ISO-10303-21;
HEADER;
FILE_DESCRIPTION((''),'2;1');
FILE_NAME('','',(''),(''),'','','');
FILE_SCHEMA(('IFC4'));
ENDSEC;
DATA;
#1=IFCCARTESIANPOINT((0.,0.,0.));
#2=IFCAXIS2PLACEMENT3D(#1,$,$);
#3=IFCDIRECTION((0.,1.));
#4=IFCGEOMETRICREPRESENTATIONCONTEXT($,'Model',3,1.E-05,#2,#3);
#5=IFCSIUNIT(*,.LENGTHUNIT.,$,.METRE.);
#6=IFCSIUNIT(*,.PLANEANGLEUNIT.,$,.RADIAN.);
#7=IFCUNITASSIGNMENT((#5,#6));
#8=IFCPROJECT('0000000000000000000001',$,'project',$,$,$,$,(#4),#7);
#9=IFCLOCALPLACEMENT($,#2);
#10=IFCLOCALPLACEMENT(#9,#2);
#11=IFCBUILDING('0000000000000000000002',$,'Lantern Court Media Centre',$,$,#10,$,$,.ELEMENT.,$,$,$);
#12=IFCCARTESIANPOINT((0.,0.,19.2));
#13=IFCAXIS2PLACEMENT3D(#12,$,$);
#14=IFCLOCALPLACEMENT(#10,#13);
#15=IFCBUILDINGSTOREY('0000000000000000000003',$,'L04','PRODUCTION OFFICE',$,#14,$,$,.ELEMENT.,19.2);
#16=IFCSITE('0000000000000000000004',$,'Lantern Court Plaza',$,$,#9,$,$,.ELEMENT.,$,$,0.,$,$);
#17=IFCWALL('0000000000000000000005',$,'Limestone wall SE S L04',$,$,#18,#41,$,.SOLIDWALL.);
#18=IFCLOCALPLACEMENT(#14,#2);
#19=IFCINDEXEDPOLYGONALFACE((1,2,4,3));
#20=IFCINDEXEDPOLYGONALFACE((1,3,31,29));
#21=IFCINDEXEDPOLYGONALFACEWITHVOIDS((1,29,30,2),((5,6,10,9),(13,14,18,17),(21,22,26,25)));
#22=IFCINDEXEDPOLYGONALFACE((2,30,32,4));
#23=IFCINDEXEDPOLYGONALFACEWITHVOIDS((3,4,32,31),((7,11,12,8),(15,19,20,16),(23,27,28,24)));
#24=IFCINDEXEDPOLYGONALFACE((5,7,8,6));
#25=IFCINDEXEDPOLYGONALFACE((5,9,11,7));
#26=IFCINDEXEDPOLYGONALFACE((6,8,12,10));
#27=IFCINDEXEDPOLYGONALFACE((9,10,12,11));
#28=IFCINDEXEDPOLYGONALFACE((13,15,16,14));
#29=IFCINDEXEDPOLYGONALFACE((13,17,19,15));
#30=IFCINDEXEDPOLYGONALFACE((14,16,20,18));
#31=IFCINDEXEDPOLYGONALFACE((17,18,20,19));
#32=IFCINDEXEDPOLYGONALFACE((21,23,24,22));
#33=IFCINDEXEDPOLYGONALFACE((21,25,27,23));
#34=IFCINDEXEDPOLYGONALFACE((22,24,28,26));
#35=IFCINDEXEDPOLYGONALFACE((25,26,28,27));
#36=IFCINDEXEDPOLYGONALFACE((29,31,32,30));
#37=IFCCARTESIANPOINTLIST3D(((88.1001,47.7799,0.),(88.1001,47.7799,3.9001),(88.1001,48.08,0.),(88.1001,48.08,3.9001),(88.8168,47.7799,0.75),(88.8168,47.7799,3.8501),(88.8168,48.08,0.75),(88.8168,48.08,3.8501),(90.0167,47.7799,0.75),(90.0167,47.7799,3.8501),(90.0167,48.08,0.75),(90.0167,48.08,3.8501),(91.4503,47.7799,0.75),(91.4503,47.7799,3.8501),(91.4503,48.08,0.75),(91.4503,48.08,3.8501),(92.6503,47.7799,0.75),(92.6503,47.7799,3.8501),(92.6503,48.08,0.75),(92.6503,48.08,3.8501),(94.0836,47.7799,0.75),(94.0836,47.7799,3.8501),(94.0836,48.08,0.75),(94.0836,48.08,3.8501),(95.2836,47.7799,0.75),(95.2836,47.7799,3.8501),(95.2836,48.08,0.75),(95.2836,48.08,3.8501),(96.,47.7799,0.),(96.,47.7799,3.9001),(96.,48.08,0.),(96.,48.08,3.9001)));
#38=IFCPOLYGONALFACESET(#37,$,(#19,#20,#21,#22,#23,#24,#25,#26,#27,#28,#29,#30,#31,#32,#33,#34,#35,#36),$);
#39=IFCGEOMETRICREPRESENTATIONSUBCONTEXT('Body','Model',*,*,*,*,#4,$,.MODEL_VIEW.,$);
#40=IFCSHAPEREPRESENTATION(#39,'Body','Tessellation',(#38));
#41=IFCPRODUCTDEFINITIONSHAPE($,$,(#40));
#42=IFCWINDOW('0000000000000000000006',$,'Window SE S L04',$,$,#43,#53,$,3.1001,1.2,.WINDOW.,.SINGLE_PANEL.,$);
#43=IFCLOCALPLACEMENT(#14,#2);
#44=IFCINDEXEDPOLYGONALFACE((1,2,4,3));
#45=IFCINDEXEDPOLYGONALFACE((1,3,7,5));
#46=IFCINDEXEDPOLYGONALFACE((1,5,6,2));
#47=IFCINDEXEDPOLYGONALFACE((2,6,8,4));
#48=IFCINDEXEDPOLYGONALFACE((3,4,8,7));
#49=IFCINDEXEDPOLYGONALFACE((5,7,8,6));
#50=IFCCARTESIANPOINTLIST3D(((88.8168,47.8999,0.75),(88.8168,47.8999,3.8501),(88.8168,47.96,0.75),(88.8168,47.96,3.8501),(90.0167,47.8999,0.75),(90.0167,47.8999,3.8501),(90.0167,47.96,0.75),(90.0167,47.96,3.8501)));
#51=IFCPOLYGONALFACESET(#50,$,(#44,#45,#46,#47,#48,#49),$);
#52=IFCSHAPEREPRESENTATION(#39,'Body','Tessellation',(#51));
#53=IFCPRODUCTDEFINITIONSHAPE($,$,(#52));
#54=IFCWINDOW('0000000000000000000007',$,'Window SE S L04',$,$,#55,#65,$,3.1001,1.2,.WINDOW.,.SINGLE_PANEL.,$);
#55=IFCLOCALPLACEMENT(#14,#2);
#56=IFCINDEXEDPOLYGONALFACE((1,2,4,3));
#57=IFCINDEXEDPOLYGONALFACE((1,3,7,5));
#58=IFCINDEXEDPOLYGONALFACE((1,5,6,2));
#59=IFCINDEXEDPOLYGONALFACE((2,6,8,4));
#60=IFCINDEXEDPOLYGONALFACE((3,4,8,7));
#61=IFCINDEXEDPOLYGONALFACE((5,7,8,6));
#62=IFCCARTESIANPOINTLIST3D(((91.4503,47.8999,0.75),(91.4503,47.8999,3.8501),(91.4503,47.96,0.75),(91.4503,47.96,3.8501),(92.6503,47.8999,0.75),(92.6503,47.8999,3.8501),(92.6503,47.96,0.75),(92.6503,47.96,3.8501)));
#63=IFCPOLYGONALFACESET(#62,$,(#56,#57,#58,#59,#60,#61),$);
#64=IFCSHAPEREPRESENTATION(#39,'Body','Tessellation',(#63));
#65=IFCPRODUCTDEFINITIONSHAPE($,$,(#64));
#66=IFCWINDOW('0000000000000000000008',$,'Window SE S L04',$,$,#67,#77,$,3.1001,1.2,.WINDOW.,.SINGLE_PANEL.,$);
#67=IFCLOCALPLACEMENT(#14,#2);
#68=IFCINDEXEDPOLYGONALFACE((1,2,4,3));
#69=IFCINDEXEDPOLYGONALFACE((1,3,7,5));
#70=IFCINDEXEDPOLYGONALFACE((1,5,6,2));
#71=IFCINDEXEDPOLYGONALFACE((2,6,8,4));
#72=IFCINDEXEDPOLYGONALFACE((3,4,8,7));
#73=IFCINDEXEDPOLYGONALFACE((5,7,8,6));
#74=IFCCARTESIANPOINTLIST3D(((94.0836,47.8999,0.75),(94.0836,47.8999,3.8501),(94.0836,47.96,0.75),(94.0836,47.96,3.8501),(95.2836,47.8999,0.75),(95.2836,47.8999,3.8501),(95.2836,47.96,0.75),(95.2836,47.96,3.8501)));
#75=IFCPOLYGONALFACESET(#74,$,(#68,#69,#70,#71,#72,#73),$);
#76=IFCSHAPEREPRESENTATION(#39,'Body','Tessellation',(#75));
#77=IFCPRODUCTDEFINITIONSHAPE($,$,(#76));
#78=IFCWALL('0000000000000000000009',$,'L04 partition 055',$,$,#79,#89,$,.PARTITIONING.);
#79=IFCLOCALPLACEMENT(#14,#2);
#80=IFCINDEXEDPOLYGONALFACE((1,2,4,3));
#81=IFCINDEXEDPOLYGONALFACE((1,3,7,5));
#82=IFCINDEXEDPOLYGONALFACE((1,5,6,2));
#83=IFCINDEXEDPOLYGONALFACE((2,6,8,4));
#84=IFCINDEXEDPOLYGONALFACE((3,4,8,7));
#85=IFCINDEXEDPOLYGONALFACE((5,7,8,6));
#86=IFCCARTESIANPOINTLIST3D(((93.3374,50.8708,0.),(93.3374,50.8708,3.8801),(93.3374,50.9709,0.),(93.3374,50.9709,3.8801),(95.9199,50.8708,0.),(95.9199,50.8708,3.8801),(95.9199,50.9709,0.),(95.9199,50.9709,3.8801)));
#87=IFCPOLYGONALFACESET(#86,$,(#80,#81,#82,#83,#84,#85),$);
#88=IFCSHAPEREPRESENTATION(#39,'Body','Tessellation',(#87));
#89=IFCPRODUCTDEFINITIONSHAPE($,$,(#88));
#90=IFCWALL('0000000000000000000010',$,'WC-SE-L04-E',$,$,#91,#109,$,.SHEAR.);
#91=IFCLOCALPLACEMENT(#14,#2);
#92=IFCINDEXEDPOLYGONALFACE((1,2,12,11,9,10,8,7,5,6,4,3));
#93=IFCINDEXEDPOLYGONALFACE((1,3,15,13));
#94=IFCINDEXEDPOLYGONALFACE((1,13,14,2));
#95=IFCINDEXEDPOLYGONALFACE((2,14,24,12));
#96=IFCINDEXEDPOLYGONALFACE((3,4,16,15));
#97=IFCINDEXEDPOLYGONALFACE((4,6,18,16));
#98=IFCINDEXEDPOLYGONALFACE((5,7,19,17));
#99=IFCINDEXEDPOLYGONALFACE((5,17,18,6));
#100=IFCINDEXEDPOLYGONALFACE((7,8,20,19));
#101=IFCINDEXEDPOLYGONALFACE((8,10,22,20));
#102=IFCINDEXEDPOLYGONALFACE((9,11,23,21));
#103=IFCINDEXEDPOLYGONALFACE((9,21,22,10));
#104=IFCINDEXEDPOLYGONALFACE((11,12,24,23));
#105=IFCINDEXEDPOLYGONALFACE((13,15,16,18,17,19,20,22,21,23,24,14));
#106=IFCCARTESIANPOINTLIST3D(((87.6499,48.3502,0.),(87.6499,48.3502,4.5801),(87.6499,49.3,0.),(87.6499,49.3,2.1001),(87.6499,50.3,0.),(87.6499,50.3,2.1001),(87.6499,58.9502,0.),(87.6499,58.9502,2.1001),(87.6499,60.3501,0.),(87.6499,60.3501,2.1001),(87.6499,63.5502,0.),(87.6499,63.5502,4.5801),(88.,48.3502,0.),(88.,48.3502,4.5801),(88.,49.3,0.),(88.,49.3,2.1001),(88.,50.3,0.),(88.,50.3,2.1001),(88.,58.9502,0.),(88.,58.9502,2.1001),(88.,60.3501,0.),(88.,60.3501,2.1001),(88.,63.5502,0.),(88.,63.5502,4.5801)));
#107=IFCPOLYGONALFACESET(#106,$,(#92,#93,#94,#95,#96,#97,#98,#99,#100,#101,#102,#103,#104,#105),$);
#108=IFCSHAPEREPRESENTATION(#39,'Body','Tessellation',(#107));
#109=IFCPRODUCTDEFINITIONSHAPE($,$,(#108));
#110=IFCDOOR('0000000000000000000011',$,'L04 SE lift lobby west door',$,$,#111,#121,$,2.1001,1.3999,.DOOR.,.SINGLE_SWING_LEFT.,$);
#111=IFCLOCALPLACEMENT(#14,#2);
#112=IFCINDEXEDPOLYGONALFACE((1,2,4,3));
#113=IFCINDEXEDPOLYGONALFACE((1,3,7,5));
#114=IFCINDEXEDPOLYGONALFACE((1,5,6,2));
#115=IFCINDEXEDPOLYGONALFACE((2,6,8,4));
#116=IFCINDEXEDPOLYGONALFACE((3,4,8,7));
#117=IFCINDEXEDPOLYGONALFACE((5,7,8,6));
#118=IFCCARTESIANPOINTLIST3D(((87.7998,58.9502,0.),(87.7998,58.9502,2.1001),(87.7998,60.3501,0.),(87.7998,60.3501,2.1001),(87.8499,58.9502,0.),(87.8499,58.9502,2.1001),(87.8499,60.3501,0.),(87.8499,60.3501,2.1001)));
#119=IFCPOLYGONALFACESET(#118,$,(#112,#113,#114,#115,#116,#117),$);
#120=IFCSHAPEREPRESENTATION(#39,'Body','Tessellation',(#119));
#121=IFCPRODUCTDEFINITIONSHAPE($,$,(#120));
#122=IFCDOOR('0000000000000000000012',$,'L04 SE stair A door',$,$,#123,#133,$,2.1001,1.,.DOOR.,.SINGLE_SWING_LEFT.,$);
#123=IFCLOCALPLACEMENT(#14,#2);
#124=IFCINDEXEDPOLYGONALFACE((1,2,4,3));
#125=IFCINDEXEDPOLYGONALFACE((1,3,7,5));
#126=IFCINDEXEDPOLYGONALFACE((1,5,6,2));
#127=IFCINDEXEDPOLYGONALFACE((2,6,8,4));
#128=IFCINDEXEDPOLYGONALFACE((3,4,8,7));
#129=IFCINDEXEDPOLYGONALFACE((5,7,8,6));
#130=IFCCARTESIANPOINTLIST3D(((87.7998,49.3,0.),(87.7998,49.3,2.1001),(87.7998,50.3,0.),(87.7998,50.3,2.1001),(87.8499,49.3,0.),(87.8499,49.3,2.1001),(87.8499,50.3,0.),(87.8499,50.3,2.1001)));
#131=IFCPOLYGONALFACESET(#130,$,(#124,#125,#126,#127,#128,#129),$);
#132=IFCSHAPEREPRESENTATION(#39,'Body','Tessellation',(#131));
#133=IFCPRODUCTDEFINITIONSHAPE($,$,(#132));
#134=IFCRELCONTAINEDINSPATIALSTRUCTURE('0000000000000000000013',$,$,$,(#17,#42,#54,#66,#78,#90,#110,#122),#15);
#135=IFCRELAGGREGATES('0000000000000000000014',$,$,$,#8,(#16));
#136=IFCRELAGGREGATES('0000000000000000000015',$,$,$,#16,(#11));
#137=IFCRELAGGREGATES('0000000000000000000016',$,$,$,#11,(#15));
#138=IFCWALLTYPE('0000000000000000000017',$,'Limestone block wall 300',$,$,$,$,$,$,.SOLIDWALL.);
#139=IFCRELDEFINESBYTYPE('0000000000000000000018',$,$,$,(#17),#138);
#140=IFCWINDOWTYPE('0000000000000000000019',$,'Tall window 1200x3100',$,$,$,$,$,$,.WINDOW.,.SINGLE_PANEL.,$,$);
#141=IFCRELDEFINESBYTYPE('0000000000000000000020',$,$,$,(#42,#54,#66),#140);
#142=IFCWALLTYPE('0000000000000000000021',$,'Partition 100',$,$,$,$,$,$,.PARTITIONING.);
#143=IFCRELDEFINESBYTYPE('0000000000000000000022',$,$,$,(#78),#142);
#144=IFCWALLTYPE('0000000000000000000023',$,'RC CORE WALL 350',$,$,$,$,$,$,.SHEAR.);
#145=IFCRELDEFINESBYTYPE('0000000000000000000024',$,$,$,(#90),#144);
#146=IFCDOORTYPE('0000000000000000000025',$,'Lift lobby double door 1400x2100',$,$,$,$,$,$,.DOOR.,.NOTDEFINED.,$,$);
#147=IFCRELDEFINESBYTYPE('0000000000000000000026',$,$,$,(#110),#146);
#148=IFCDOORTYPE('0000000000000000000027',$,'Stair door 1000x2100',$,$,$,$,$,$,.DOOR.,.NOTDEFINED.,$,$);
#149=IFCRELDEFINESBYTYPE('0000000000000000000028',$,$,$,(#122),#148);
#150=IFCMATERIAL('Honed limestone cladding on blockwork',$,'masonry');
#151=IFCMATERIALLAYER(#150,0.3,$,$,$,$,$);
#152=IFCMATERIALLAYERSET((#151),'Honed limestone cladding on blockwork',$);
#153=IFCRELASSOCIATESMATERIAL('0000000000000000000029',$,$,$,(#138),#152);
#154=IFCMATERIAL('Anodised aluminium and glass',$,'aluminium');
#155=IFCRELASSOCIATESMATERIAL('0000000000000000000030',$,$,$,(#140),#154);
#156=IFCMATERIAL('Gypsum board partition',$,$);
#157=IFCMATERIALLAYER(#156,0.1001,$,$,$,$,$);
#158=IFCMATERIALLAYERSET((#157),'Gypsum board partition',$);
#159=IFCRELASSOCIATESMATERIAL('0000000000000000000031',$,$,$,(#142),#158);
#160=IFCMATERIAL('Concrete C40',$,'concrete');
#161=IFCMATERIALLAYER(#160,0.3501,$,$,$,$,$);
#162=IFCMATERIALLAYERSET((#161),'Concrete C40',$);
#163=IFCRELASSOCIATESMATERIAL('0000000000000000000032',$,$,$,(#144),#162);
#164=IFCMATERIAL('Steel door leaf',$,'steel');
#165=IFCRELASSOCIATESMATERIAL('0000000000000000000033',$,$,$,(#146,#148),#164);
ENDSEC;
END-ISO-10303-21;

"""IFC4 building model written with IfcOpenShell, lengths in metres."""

from ifc_helpers import new_model, si_unit, direction, frame, frame_2d, origin, place, context, subcontext, project, spatial, rectangle, extrude, material, layer, layer_set, type_object, element, fill, save


model = new_model("IFC4")

# Units and contexts
model_context = context("Model", 3, precision=1e-05, world=origin(), true_north=direction((0.0, 1.0)))
body_context = subcontext(model_context, "Body", "Model", "MODEL_VIEW")
ifc_project = project(units=[si_unit("LENGTHUNIT", "METRE"), si_unit("PLANEANGLEUNIT", "RADIAN")], contexts=[model_context])

# Site, building, storey
site_placement = place(None, origin())
site = spatial("IfcSite", under=ifc_project, at=site_placement, Name="Lantern Court Plaza", CompositionType="ELEMENT", RefElevation=0.0)
building_placement = place(site_placement, origin())
building = spatial("IfcBuilding", under=site, at=building_placement, Name="Lantern Court Media Centre", CompositionType="ELEMENT")
storey_placement = place(building_placement, frame((0.0, 0.0, 19.2)))
storey = spatial("IfcBuildingStorey", under=building, at=storey_placement, Name="L04", Description="PRODUCTION OFFICE", CompositionType="ELEMENT", Elevation=19.2)

# Shared definitions
ifc_material_1 = material(Name="Gypsum board partition")

# Wall, openings, windows
ifc_material_2 = material(Name="Honed limestone cladding on blockwork", Category="masonry")
ifc_layer_1 = layer(ifc_material_2, 0.3)
ifc_layer_set_1 = layer_set([ifc_layer_1], Name="Honed limestone cladding on blockwork")
wall_type_1 = type_object("IfcWallType", Name="Limestone block wall 300", PredefinedType="SOLIDWALL", material=ifc_layer_set_1)
wall_1_placement = place(storey_placement, frame((88.1001, 47.9299, 0.0), z_axis=(0.0, 0.0, 1.0), x_axis=(1.0, 0.0, 0.0)))
wall_1 = element("IfcWall", 1, at=wall_1_placement, inside=storey, type_object=wall_type_1, Name="Limestone wall SE S L04", PredefinedType="SOLIDWALL", context=body_context, shape_type="SweptSolid", body=[
    extrude(rectangle(XDim=7.8999, YDim=0.3, at=frame_2d((3.95, 0.0))), origin(), (0.0, 0.0, 1.0), 3.9001),
])
opening_1_placement = place(wall_1_placement, frame((0.7166, 0.0, 0.75)))
opening_1 = element("IfcOpeningElement", 2, at=opening_1_placement, cuts=wall_1, PredefinedType="OPENING", context=body_context, shape_type="SweptSolid", body=[
    extrude(rectangle(XDim=1.2, YDim=3.1001, at=frame_2d((0.6001, 1.55))), frame((0.0, 0.1599, 0.0), z_axis=(0.0, -1.0, 0.0), x_axis=(1.0, 0.0, 0.0)), (0.0, 0.0, 1.0), 0.3201),
])
opening_2_placement = place(wall_1_placement, frame((3.3501, 0.0, 0.75)))
opening_2 = element("IfcOpeningElement", 3, at=opening_2_placement, cuts=wall_1, PredefinedType="OPENING", context=body_context, shape_type="SweptSolid", body=[
    extrude(rectangle(XDim=1.2, YDim=3.1001, at=frame_2d((0.6001, 1.55))), frame((0.0, 0.1599, 0.0), z_axis=(0.0, -1.0, 0.0), x_axis=(1.0, 0.0, 0.0)), (0.0, 0.0, 1.0), 0.3201),
])
opening_3_placement = place(wall_1_placement, frame((5.9834, 0.0, 0.75)))
opening_3 = element("IfcOpeningElement", 4, at=opening_3_placement, cuts=wall_1, PredefinedType="OPENING", context=body_context, shape_type="SweptSolid", body=[
    extrude(rectangle(XDim=1.2, YDim=3.1001, at=frame_2d((0.6001, 1.55))), frame((0.0, 0.1599, 0.0), z_axis=(0.0, -1.0, 0.0), x_axis=(1.0, 0.0, 0.0)), (0.0, 0.0, 1.0), 0.3201),
])
ifc_material_3 = material(Name="Anodised aluminium and glass", Category="aluminium")
window_type = type_object("IfcWindowType", Name="Tall window 1200x3100", PartitioningType="SINGLE_PANEL", PredefinedType="WINDOW", material=ifc_material_3)
window_1_placement = place(opening_1_placement, origin())
window_1 = element("IfcWindow", 5, at=window_1_placement, inside=storey, type_object=window_type, Name="Window SE S L04", OverallHeight=3.1001, OverallWidth=1.2, PartitioningType="SINGLE_PANEL", PredefinedType="WINDOW", context=body_context, shape_type="SweptSolid", body=[
    extrude(rectangle(XDim=1.2, YDim=3.1001, at=frame_2d((0.6001, 1.55))), frame((0.0, 0.03, 0.0), z_axis=(0.0, -1.0, 0.0), x_axis=(1.0, 0.0, 0.0)), (0.0, 0.0, 1.0), 0.0601),
])
fill(opening_1, window_1)
window_2_placement = place(opening_2_placement, origin())
window_2 = element("IfcWindow", 6, at=window_2_placement, inside=storey, type_object=window_type, Name="Window SE S L04", OverallHeight=3.1001, OverallWidth=1.2, PartitioningType="SINGLE_PANEL", PredefinedType="WINDOW", context=body_context, shape_type="SweptSolid", body=[
    extrude(rectangle(XDim=1.2, YDim=3.1001, at=frame_2d((0.6001, 1.55))), frame((0.0, 0.03, 0.0), z_axis=(0.0, -1.0, 0.0), x_axis=(1.0, 0.0, 0.0)), (0.0, 0.0, 1.0), 0.0601),
])
fill(opening_2, window_2)
window_3_placement = place(opening_3_placement, origin())
window_3 = element("IfcWindow", 7, at=window_3_placement, inside=storey, type_object=window_type, Name="Window SE S L04", OverallHeight=3.1001, OverallWidth=1.2, PartitioningType="SINGLE_PANEL", PredefinedType="WINDOW", context=body_context, shape_type="SweptSolid", body=[
    extrude(rectangle(XDim=1.2, YDim=3.1001, at=frame_2d((0.6001, 1.55))), frame((0.0, 0.03, 0.0), z_axis=(0.0, -1.0, 0.0), x_axis=(1.0, 0.0, 0.0)), (0.0, 0.0, 1.0), 0.0601),
])
fill(opening_3, window_3)

# Wall
ifc_layer_2 = layer(ifc_material_1, 0.1001)
ifc_layer_set_2 = layer_set([ifc_layer_2], Name="Gypsum board partition")
wall_type_2 = type_object("IfcWallType", Name="Partition 100", PredefinedType="PARTITIONING", material=ifc_layer_set_2)
wall_2_placement = place(storey_placement, frame((93.3374, 50.9209, 0.0), z_axis=(0.0, 0.0, 1.0), x_axis=(1.0, 0.0, 0.0)))
element("IfcWall", 8, at=wall_2_placement, inside=storey, type_object=wall_type_2, Name="L04 partition 055", PredefinedType="PARTITIONING", context=body_context, shape_type="SweptSolid", body=[
    extrude(rectangle(XDim=2.5825, YDim=0.1001, at=frame_2d((1.2913, 0.0))), origin(), (0.0, 0.0, 1.0), 3.8801),
])

# Wall, openings, doors
ifc_material_4 = material(Name="Concrete C40", Category="concrete")
ifc_layer_3 = layer(ifc_material_4, 0.3501)
ifc_layer_set_3 = layer_set([ifc_layer_3], Name="Concrete C40")
wall_type_3 = type_object("IfcWallType", Name="RC CORE WALL 350", PredefinedType="SHEAR", material=ifc_layer_set_3)
wall_3_placement = place(storey_placement, frame((87.825, 48.3501, 0.0), z_axis=(0.0, 0.0, 1.0), x_axis=(0.0, 1.0, 0.0)))
wall_3 = element("IfcWall", 9, at=wall_3_placement, inside=storey, type_object=wall_type_3, Name="WC-SE-L04-E", PredefinedType="SHEAR", context=body_context, shape_type="SweptSolid", body=[
    extrude(rectangle(XDim=15.2, YDim=0.3501, at=frame_2d((7.6001, 0.0))), origin(), (0.0, 0.0, 1.0), 4.5801),
])
opening_4_placement = place(wall_3_placement, frame((0.95, 0.0, 0.0)))
opening_4 = element("IfcOpeningElement", 10, at=opening_4_placement, cuts=wall_3, PredefinedType="OPENING", context=body_context, shape_type="SweptSolid", body=[
    extrude(rectangle(XDim=1.0, YDim=2.1001, at=frame_2d((0.5, 1.05))), frame((0.0, 0.1851, 0.0), z_axis=(0.0, -1.0, 0.0), x_axis=(1.0, 0.0, 0.0)), (0.0, 0.0, 1.0), 0.3701),
])
opening_5_placement = place(wall_3_placement, frame((10.6001, 0.0, 0.0)))
opening_5 = element("IfcOpeningElement", 11, at=opening_5_placement, cuts=wall_3, PredefinedType="OPENING", context=body_context, shape_type="SweptSolid", body=[
    extrude(rectangle(XDim=1.3999, YDim=2.1001, at=frame_2d((0.7, 1.05))), frame((0.0, 0.1851, 0.0), z_axis=(0.0, -1.0, 0.0), x_axis=(1.0, 0.0, 0.0)), (0.0, 0.0, 1.0), 0.3701),
])
ifc_material_5 = material(Name="Steel door leaf", Category="steel")
door_type_1 = type_object("IfcDoorType", Name="Lift lobby double door 1400x2100", OperationType="NOTDEFINED", PredefinedType="DOOR", material=ifc_material_5)
door_1_placement = place(opening_5_placement, frame((1.3999, 0.0, 0.0), z_axis=(0.0, 0.0, 1.0), x_axis=(-1.0, 0.0, 0.0)))
door_1 = element("IfcDoor", 12, at=door_1_placement, inside=storey, type_object=door_type_1, Name="L04 SE lift lobby west door", OperationType="SINGLE_SWING_LEFT", OverallHeight=2.1001, OverallWidth=1.3999, PredefinedType="DOOR", context=body_context, shape_type="SweptSolid", body=[
    extrude(rectangle(XDim=1.3999, YDim=2.1001, at=frame_2d((0.7, 1.05))), frame((0.0, 0.0249, 0.0), z_axis=(0.0, -1.0, 0.0), x_axis=(1.0, 0.0, 0.0)), (0.0, 0.0, 1.0), 0.05),
])
fill(opening_5, door_1)
door_type_2 = type_object("IfcDoorType", Name="Stair door 1000x2100", OperationType="NOTDEFINED", PredefinedType="DOOR", material=ifc_material_5)
door_2_placement = place(opening_4_placement, frame((1.0, 0.0, 0.0), z_axis=(0.0, 0.0, 1.0), x_axis=(-1.0, 0.0, 0.0)))
door_2 = element("IfcDoor", 13, at=door_2_placement, inside=storey, type_object=door_type_2, Name="L04 SE stair A door", OperationType="SINGLE_SWING_LEFT", OverallHeight=2.1001, OverallWidth=1.0, PredefinedType="DOOR", context=body_context, shape_type="SweptSolid", body=[
    extrude(rectangle(XDim=1.0, YDim=2.1001, at=frame_2d((0.5, 1.05))), frame((0.0, 0.0249, 0.0), z_axis=(0.0, -1.0, 0.0), x_axis=(1.0, 0.0, 0.0)), (0.0, 0.0, 1.0), 0.05),
])
fill(opening_4, door_2)

save(model, "model.ifc")
